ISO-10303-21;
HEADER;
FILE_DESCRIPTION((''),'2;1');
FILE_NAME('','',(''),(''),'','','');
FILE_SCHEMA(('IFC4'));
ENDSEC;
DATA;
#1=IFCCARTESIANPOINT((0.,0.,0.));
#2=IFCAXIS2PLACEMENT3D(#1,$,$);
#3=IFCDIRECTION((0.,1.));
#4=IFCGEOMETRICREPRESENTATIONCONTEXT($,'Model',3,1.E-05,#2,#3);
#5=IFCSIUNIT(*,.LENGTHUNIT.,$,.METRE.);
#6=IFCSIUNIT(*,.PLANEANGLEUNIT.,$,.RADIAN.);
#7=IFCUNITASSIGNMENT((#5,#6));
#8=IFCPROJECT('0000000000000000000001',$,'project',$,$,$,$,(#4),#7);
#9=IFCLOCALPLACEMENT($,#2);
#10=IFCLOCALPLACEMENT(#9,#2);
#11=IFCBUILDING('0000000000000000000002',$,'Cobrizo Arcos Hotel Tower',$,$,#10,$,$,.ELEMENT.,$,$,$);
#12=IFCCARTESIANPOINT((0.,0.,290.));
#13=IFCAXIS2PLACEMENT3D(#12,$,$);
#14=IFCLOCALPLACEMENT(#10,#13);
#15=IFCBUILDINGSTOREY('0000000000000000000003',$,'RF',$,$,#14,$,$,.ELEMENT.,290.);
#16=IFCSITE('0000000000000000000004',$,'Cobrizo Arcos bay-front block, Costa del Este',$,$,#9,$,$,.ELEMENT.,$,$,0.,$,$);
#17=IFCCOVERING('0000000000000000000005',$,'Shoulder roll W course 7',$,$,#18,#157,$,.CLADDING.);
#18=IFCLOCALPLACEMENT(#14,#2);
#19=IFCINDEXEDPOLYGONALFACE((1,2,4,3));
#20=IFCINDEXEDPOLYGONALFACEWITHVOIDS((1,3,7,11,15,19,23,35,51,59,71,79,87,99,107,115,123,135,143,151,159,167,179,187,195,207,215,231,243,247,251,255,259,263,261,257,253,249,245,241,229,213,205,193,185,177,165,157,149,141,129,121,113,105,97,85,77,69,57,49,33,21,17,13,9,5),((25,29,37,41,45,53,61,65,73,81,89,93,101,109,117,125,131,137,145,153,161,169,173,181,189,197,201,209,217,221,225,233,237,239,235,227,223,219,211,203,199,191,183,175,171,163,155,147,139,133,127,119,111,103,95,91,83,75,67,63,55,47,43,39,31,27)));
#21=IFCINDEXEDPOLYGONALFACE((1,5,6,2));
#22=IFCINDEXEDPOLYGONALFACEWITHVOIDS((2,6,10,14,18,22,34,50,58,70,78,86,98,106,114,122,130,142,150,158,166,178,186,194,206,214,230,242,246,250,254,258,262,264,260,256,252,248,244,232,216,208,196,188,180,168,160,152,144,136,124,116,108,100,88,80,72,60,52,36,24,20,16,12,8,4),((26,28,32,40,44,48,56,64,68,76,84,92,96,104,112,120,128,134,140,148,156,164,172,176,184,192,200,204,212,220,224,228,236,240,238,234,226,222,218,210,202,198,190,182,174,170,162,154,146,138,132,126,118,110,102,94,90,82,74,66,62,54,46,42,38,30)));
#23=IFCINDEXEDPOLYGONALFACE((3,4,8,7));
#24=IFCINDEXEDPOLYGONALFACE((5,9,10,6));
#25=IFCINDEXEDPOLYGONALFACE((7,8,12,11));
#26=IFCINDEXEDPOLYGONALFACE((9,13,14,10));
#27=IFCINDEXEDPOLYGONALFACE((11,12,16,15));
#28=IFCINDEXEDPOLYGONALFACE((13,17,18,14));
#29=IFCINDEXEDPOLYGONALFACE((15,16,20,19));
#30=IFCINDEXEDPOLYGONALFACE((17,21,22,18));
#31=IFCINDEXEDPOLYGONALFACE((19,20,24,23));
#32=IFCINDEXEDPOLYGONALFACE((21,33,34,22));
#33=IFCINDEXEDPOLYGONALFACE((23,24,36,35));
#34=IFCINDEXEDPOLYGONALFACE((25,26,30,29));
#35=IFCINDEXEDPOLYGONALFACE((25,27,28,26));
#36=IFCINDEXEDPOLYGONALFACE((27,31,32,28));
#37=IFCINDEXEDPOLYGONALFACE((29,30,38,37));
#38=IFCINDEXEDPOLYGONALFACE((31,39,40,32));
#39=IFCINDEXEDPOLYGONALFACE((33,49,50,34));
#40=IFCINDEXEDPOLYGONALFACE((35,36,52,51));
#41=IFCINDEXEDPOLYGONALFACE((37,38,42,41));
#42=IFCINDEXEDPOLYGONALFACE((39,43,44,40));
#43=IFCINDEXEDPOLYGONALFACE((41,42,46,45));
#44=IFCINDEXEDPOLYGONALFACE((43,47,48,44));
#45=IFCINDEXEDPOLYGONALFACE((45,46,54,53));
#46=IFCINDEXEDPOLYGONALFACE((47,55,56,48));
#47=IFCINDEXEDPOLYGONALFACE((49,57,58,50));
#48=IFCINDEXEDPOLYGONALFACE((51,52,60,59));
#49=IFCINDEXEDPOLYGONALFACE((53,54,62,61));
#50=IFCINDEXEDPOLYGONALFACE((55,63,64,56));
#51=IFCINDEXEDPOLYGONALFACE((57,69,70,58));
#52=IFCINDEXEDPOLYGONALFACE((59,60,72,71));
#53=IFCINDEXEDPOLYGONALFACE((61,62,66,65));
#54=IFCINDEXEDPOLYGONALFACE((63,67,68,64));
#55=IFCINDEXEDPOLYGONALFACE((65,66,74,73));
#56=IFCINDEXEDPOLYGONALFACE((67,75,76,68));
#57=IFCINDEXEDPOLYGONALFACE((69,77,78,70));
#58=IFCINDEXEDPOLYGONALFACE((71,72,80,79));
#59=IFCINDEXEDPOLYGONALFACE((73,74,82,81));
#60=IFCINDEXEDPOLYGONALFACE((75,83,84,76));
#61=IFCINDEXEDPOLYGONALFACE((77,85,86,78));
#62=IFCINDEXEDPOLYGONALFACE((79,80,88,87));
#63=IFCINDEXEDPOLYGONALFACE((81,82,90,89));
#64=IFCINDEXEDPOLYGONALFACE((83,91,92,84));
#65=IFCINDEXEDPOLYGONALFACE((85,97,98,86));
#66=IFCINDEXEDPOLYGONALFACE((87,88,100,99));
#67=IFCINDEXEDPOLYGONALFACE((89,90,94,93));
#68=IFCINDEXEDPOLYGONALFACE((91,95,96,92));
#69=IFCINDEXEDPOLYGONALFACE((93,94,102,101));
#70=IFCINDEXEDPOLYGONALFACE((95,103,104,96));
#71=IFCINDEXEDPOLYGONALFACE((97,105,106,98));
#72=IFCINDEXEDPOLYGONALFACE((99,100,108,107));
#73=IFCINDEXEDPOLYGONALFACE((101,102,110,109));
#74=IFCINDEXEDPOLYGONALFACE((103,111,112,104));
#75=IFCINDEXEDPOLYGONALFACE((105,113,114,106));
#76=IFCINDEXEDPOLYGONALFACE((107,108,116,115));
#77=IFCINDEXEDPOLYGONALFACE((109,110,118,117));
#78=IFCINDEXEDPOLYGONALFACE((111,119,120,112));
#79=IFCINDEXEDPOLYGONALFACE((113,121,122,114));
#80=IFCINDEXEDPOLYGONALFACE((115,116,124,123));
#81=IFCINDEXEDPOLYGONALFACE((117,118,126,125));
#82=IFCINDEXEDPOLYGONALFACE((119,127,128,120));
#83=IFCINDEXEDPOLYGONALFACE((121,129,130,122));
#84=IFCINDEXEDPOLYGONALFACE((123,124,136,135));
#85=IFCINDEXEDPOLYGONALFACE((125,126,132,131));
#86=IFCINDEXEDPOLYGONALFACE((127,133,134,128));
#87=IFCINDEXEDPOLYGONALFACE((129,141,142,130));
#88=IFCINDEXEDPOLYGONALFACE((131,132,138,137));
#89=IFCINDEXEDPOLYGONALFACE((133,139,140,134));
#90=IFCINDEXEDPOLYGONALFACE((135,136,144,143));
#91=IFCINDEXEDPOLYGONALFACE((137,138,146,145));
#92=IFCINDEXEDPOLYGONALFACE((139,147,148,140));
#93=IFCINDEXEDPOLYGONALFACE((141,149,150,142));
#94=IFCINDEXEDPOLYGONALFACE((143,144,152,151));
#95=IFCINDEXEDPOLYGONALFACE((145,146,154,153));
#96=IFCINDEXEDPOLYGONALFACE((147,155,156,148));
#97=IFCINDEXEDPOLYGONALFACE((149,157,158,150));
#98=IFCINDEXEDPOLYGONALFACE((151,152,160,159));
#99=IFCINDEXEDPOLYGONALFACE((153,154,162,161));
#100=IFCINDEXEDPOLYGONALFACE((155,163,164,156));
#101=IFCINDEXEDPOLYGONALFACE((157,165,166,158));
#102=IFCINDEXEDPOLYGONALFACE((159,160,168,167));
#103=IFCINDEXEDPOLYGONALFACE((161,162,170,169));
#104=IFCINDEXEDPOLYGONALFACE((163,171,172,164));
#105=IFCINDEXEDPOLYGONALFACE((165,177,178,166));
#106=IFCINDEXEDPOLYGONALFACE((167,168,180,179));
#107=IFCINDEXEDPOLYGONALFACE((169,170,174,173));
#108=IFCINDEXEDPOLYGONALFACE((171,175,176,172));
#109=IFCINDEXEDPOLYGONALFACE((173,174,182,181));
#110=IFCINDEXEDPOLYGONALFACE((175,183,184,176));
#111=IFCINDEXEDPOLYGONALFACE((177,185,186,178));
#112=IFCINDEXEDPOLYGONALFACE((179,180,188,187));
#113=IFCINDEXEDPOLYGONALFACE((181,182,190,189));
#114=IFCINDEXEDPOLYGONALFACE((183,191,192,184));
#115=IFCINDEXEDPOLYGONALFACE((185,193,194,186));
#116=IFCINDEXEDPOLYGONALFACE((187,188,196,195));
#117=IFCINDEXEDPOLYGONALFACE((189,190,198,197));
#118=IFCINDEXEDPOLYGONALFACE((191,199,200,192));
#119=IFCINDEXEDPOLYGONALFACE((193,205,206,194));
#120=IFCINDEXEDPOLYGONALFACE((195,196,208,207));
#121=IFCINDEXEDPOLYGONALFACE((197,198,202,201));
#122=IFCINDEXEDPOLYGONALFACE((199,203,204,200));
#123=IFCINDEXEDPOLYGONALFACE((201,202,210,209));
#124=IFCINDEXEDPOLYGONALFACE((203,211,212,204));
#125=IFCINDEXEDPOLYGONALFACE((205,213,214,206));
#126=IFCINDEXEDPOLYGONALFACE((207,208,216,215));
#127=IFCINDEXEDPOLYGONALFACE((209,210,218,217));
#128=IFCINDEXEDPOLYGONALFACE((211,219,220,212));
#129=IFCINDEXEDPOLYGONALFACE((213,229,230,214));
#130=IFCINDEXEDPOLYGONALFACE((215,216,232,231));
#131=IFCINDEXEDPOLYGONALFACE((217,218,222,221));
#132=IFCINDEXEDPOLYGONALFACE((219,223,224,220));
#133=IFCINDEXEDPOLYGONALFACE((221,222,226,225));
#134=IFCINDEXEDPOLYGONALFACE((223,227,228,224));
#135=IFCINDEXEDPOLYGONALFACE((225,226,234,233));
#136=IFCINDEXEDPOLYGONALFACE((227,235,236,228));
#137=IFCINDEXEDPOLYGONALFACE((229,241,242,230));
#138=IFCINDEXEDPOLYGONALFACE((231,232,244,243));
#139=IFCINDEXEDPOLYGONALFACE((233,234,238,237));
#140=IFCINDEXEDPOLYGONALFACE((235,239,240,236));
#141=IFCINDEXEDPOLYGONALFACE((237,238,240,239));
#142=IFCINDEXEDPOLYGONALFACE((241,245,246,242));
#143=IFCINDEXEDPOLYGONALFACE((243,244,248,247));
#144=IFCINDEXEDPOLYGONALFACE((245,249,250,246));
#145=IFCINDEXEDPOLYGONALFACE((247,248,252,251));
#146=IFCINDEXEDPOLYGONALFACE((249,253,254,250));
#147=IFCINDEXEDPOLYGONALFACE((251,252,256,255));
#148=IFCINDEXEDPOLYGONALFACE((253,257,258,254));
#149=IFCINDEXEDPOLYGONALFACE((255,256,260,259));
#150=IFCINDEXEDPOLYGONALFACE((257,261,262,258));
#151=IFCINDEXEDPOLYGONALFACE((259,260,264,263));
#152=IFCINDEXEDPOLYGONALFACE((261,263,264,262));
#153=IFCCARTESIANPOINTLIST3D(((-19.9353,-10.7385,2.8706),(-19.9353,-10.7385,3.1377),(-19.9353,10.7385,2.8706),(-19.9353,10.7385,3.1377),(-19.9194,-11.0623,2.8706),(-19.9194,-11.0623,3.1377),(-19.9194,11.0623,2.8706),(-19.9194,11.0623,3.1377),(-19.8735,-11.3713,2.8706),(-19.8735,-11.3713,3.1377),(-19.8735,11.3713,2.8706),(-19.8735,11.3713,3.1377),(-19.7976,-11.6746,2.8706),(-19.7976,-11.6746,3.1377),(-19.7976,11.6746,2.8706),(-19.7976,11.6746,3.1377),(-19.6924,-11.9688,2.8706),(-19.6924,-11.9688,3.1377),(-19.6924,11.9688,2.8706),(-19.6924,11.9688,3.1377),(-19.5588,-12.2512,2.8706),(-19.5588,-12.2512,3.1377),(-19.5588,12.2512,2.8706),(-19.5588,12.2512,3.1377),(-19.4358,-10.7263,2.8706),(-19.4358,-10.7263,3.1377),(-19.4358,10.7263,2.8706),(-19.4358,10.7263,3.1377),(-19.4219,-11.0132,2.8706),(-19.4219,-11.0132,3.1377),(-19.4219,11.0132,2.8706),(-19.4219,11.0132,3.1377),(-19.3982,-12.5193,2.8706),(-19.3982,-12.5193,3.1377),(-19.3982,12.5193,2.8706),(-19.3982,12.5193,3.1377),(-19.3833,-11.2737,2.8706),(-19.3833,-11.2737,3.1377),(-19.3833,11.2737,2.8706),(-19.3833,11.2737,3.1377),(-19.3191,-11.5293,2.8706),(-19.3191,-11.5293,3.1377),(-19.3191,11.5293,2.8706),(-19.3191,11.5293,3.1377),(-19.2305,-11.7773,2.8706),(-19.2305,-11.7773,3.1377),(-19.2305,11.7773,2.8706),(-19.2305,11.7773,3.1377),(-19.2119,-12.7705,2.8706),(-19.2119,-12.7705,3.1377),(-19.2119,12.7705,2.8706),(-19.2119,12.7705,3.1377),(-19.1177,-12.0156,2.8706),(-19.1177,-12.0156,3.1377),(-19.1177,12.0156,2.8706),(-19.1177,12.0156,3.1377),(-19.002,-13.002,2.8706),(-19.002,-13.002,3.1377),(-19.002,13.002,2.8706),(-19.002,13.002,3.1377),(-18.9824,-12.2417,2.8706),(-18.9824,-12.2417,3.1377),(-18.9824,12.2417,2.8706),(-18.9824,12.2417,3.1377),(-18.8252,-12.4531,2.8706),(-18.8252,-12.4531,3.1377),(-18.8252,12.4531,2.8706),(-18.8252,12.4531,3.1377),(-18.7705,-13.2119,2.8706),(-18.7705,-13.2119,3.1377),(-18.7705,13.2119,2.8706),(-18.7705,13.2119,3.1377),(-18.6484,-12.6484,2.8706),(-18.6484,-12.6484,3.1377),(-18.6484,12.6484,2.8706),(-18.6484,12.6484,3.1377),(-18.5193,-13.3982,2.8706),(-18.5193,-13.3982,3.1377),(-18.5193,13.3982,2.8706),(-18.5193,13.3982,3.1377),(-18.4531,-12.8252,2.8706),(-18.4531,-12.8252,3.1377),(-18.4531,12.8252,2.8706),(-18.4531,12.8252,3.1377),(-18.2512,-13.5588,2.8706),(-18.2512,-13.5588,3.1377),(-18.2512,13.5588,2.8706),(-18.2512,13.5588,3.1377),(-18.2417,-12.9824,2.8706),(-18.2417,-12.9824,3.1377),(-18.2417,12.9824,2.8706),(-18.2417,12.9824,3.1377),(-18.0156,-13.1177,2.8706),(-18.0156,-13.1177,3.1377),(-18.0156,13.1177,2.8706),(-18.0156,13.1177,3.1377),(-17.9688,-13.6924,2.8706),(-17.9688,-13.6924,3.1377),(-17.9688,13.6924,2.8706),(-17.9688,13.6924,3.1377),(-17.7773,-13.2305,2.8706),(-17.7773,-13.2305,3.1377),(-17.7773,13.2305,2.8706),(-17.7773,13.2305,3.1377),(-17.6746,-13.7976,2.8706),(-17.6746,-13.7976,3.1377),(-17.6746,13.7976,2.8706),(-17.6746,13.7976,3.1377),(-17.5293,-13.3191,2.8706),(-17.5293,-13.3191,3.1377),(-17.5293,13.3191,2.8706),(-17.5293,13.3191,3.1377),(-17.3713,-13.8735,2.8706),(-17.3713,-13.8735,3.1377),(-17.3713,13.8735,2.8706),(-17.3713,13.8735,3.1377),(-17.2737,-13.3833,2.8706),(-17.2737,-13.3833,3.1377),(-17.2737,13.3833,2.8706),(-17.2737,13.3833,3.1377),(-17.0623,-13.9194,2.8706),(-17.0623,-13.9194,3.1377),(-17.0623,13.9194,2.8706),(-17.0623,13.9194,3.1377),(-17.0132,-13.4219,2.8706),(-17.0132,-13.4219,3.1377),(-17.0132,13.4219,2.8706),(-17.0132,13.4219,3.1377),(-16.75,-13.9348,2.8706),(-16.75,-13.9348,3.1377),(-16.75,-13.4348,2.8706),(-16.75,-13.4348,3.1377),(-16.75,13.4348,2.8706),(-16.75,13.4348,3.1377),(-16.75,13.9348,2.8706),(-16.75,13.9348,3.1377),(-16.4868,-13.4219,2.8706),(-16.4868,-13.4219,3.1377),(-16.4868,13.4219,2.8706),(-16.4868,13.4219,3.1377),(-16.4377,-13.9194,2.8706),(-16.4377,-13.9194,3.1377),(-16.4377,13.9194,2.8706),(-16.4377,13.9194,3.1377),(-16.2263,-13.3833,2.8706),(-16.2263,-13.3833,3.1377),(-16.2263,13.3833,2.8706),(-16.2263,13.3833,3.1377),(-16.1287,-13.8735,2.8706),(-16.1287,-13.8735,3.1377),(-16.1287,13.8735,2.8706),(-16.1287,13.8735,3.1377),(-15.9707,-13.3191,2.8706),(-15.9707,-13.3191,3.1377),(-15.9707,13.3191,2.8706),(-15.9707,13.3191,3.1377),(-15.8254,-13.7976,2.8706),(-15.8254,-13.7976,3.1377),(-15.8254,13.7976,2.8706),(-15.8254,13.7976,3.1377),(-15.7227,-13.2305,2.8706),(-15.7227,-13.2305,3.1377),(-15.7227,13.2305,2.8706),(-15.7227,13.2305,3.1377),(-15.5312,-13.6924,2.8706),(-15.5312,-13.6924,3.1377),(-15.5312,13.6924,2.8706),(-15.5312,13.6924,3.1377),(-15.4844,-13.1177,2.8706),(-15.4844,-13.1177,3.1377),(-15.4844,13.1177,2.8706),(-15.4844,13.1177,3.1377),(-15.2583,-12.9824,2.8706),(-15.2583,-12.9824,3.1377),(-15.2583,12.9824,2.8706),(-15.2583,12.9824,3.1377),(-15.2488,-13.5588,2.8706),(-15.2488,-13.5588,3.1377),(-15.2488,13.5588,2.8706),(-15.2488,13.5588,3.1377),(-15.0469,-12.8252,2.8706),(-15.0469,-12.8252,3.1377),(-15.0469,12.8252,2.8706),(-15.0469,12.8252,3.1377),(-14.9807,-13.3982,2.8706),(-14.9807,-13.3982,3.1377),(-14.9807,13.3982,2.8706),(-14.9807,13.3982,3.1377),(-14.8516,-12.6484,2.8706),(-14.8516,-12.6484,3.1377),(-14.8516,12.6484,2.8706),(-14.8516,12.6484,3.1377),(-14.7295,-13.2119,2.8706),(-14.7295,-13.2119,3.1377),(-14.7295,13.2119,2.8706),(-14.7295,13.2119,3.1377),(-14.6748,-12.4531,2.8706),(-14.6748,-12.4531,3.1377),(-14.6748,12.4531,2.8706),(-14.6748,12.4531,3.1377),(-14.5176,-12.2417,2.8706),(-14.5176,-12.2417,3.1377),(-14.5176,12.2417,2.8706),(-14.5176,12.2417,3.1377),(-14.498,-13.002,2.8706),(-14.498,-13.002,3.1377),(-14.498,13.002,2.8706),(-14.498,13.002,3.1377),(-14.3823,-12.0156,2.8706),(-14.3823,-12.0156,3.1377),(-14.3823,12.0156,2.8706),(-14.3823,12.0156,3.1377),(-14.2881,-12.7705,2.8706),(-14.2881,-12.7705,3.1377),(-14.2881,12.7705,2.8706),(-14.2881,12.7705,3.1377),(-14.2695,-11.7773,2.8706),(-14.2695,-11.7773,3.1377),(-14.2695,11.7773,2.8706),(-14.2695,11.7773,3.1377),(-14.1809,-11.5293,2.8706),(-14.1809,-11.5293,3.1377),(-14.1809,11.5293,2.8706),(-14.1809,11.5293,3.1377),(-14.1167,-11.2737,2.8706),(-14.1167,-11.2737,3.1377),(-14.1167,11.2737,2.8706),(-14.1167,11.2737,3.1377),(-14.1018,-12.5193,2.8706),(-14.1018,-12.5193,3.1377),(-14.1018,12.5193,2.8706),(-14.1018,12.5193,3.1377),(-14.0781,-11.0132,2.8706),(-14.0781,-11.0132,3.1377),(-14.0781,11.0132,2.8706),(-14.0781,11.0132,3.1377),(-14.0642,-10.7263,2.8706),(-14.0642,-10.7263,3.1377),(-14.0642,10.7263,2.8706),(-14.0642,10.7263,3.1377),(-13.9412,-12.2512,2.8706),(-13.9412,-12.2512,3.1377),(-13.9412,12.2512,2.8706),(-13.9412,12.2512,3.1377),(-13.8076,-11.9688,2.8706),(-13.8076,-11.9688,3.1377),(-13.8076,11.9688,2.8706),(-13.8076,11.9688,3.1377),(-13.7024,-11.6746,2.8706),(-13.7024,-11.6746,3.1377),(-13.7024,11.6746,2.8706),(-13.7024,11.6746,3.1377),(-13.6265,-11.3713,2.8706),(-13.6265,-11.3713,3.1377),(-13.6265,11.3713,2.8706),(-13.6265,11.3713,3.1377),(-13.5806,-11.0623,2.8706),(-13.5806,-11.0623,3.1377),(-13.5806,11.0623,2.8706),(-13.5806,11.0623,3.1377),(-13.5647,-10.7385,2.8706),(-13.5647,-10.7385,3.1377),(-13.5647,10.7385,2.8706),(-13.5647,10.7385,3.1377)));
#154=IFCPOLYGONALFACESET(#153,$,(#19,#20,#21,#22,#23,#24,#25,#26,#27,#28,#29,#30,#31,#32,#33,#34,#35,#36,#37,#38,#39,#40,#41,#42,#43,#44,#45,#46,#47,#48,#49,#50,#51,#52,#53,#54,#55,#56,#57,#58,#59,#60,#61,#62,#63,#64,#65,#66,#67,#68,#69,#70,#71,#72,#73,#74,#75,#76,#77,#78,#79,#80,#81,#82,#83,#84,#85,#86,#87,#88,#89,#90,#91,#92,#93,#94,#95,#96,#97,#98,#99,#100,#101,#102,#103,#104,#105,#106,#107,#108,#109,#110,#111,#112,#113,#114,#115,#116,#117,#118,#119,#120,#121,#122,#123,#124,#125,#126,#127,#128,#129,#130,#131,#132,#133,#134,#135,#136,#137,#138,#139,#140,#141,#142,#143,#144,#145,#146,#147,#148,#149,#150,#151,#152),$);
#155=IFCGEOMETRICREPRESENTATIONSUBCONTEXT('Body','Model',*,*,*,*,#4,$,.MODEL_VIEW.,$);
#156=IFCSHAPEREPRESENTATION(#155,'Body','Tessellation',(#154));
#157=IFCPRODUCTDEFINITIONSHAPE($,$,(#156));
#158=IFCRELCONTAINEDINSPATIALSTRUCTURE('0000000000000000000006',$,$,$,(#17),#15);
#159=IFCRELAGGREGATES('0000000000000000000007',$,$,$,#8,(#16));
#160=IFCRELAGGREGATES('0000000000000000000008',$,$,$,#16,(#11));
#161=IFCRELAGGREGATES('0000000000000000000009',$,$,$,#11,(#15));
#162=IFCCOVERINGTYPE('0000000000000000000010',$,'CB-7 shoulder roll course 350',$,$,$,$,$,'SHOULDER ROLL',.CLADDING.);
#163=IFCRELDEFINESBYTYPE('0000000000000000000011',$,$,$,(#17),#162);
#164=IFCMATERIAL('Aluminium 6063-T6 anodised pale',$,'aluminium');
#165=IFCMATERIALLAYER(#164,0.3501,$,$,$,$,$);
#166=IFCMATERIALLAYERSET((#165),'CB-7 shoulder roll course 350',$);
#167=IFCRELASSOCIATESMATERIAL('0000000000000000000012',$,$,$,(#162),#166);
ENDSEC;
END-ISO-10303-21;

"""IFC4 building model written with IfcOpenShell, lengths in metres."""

from ifc_helpers import new_model, si_unit, direction, frame, origin, place, context, subcontext, project, spatial, polyline, outline, extrude, material, layer, layer_set, type_object, element, save


model = new_model("IFC4")

# Units and contexts
model_context = context("Model", 3, precision=1e-05, world=origin(), true_north=direction((0.0, 1.0)))
body_context = subcontext(model_context, "Body", "Model", "MODEL_VIEW")
ifc_project = project(units=[si_unit("LENGTHUNIT", "METRE"), si_unit("PLANEANGLEUNIT", "RADIAN")], contexts=[model_context])

# Site, building, storey
site_placement = place(None, origin())
site = spatial("IfcSite", under=ifc_project, at=site_placement, Name="Cobrizo Arcos bay-front block, Costa del Este", CompositionType="ELEMENT", RefElevation=0.0)
building_placement = place(site_placement, origin())
building = spatial("IfcBuilding", under=site, at=building_placement, Name="Cobrizo Arcos Hotel Tower", CompositionType="ELEMENT")
storey_placement = place(building_placement, frame((0.0, 0.0, 290.0)))
storey = spatial("IfcBuildingStorey", under=building, at=storey_placement, Name="RF", CompositionType="ELEMENT", Elevation=290.0)

# Covering
ifc_material_1 = material(Name="Aluminium 6063-T6 anodised pale", Category="aluminium")
ifc_layer_1 = layer(ifc_material_1, 0.3501)
ifc_layer_set_1 = layer_set([ifc_layer_1], Name="CB-7 shoulder roll course 350")
covering_type_1 = type_object("IfcCoveringType", Name="CB-7 shoulder roll course 350", ElementType="SHOULDER ROLL", PredefinedType="CLADDING", material=ifc_layer_set_1)
covering_1_placement = place(storey_placement, frame((0.0, 0.0, 2.8706)))
element("IfcCovering", 1, at=covering_1_placement, inside=storey, type_object=covering_type_1, Name="Shoulder roll W course 7", PredefinedType="CLADDING", context=body_context, shape_type="SweptSolid", body=[
    extrude(outline(polyline([(-19.9353, 10.7385), (-19.9194, 11.0623), (-19.8735, 11.3713), (-19.7976, 11.6746), (-19.6924, 11.9688), (-19.5588, 12.2512), (-19.3982, 12.5193), (-19.2119, 12.7705), (-19.002, 13.002), (-18.7705, 13.2119), (-18.5193, 13.3982), (-18.2512, 13.5588), (-17.9688, 13.6924), (-17.6746, 13.7976), (-17.3713, 13.8735), (-17.0623, 13.9194), (-16.75, 13.9348), (-16.4377, 13.9194), (-16.1287, 13.8735), (-15.8254, 13.7976), (-15.5312, 13.6924), (-15.2488, 13.5588), (-14.9807, 13.3982), (-14.7295, 13.2119), (-14.498, 13.002), (-14.2881, 12.7705), (-14.1018, 12.5193), (-13.9412, 12.2512), (-13.8076, 11.9688), (-13.7024, 11.6746), (-13.6265, 11.3713), (-13.5806, 11.0623), (-13.5647, 10.7385), (-13.5647, -10.7385), (-13.5806, -11.0623), (-13.6265, -11.3713), (-13.7024, -11.6746), (-13.8076, -11.9688), (-13.9412, -12.2512), (-14.1018, -12.5193), (-14.2881, -12.7705), (-14.498, -13.002), (-14.7295, -13.2119), (-14.9807, -13.3982), (-15.2488, -13.5588), (-15.5312, -13.6924), (-15.8254, -13.7976), (-16.1287, -13.8735), (-16.4377, -13.9194), (-16.75, -13.9348), (-17.0623, -13.9194), (-17.3713, -13.8735), (-17.6746, -13.7976), (-17.9688, -13.6924), (-18.2512, -13.5588), (-18.5193, -13.3982), (-18.7705, -13.2119), (-19.002, -13.002), (-19.2119, -12.7705), (-19.3982, -12.5193), (-19.5588, -12.2512), (-19.6924, -11.9688), (-19.7976, -11.6746), (-19.8735, -11.3713), (-19.9194, -11.0623), (-19.9353, -10.7385), (-19.9353, 10.7385)]), holes=[polyline([(-19.4358, 10.7263), (-19.4219, 11.0132), (-19.3833, 11.2737), (-19.3191, 11.5293), (-19.2305, 11.7773), (-19.1177, 12.0156), (-18.9824, 12.2417), (-18.8252, 12.4531), (-18.6484, 12.6484), (-18.4531, 12.8252), (-18.2417, 12.9824), (-18.0156, 13.1177), (-17.7773, 13.2305), (-17.5293, 13.3191), (-17.2737, 13.3833), (-17.0132, 13.4219), (-16.75, 13.4348), (-16.4868, 13.4219), (-16.2263, 13.3833), (-15.9707, 13.3191), (-15.7227, 13.2305), (-15.4844, 13.1177), (-15.2583, 12.9824), (-15.0469, 12.8252), (-14.8516, 12.6484), (-14.6748, 12.4531), (-14.5176, 12.2417), (-14.3823, 12.0156), (-14.2695, 11.7773), (-14.1809, 11.5293), (-14.1167, 11.2737), (-14.0781, 11.0132), (-14.0642, 10.7263), (-14.0642, -10.7263), (-14.0781, -11.0132), (-14.1167, -11.2737), (-14.1809, -11.5293), (-14.2695, -11.7773), (-14.3823, -12.0156), (-14.5176, -12.2417), (-14.6748, -12.4531), (-14.8516, -12.6484), (-15.0469, -12.8252), (-15.2583, -12.9824), (-15.4844, -13.1177), (-15.7227, -13.2305), (-15.9707, -13.3191), (-16.2263, -13.3833), (-16.4868, -13.4219), (-16.75, -13.4348), (-17.0132, -13.4219), (-17.2737, -13.3833), (-17.5293, -13.3191), (-17.7773, -13.2305), (-18.0156, -13.1177), (-18.2417, -12.9824), (-18.4531, -12.8252), (-18.6484, -12.6484), (-18.8252, -12.4531), (-18.9824, -12.2417), (-19.1177, -12.0156), (-19.2305, -11.7773), (-19.3191, -11.5293), (-19.3833, -11.2737), (-19.4219, -11.0132), (-19.4358, -10.7263), (-19.4358, 10.7263)])]), origin(), (0.0, 0.0, 1.0), 0.2671),
])

save(model, "model.ifc")
